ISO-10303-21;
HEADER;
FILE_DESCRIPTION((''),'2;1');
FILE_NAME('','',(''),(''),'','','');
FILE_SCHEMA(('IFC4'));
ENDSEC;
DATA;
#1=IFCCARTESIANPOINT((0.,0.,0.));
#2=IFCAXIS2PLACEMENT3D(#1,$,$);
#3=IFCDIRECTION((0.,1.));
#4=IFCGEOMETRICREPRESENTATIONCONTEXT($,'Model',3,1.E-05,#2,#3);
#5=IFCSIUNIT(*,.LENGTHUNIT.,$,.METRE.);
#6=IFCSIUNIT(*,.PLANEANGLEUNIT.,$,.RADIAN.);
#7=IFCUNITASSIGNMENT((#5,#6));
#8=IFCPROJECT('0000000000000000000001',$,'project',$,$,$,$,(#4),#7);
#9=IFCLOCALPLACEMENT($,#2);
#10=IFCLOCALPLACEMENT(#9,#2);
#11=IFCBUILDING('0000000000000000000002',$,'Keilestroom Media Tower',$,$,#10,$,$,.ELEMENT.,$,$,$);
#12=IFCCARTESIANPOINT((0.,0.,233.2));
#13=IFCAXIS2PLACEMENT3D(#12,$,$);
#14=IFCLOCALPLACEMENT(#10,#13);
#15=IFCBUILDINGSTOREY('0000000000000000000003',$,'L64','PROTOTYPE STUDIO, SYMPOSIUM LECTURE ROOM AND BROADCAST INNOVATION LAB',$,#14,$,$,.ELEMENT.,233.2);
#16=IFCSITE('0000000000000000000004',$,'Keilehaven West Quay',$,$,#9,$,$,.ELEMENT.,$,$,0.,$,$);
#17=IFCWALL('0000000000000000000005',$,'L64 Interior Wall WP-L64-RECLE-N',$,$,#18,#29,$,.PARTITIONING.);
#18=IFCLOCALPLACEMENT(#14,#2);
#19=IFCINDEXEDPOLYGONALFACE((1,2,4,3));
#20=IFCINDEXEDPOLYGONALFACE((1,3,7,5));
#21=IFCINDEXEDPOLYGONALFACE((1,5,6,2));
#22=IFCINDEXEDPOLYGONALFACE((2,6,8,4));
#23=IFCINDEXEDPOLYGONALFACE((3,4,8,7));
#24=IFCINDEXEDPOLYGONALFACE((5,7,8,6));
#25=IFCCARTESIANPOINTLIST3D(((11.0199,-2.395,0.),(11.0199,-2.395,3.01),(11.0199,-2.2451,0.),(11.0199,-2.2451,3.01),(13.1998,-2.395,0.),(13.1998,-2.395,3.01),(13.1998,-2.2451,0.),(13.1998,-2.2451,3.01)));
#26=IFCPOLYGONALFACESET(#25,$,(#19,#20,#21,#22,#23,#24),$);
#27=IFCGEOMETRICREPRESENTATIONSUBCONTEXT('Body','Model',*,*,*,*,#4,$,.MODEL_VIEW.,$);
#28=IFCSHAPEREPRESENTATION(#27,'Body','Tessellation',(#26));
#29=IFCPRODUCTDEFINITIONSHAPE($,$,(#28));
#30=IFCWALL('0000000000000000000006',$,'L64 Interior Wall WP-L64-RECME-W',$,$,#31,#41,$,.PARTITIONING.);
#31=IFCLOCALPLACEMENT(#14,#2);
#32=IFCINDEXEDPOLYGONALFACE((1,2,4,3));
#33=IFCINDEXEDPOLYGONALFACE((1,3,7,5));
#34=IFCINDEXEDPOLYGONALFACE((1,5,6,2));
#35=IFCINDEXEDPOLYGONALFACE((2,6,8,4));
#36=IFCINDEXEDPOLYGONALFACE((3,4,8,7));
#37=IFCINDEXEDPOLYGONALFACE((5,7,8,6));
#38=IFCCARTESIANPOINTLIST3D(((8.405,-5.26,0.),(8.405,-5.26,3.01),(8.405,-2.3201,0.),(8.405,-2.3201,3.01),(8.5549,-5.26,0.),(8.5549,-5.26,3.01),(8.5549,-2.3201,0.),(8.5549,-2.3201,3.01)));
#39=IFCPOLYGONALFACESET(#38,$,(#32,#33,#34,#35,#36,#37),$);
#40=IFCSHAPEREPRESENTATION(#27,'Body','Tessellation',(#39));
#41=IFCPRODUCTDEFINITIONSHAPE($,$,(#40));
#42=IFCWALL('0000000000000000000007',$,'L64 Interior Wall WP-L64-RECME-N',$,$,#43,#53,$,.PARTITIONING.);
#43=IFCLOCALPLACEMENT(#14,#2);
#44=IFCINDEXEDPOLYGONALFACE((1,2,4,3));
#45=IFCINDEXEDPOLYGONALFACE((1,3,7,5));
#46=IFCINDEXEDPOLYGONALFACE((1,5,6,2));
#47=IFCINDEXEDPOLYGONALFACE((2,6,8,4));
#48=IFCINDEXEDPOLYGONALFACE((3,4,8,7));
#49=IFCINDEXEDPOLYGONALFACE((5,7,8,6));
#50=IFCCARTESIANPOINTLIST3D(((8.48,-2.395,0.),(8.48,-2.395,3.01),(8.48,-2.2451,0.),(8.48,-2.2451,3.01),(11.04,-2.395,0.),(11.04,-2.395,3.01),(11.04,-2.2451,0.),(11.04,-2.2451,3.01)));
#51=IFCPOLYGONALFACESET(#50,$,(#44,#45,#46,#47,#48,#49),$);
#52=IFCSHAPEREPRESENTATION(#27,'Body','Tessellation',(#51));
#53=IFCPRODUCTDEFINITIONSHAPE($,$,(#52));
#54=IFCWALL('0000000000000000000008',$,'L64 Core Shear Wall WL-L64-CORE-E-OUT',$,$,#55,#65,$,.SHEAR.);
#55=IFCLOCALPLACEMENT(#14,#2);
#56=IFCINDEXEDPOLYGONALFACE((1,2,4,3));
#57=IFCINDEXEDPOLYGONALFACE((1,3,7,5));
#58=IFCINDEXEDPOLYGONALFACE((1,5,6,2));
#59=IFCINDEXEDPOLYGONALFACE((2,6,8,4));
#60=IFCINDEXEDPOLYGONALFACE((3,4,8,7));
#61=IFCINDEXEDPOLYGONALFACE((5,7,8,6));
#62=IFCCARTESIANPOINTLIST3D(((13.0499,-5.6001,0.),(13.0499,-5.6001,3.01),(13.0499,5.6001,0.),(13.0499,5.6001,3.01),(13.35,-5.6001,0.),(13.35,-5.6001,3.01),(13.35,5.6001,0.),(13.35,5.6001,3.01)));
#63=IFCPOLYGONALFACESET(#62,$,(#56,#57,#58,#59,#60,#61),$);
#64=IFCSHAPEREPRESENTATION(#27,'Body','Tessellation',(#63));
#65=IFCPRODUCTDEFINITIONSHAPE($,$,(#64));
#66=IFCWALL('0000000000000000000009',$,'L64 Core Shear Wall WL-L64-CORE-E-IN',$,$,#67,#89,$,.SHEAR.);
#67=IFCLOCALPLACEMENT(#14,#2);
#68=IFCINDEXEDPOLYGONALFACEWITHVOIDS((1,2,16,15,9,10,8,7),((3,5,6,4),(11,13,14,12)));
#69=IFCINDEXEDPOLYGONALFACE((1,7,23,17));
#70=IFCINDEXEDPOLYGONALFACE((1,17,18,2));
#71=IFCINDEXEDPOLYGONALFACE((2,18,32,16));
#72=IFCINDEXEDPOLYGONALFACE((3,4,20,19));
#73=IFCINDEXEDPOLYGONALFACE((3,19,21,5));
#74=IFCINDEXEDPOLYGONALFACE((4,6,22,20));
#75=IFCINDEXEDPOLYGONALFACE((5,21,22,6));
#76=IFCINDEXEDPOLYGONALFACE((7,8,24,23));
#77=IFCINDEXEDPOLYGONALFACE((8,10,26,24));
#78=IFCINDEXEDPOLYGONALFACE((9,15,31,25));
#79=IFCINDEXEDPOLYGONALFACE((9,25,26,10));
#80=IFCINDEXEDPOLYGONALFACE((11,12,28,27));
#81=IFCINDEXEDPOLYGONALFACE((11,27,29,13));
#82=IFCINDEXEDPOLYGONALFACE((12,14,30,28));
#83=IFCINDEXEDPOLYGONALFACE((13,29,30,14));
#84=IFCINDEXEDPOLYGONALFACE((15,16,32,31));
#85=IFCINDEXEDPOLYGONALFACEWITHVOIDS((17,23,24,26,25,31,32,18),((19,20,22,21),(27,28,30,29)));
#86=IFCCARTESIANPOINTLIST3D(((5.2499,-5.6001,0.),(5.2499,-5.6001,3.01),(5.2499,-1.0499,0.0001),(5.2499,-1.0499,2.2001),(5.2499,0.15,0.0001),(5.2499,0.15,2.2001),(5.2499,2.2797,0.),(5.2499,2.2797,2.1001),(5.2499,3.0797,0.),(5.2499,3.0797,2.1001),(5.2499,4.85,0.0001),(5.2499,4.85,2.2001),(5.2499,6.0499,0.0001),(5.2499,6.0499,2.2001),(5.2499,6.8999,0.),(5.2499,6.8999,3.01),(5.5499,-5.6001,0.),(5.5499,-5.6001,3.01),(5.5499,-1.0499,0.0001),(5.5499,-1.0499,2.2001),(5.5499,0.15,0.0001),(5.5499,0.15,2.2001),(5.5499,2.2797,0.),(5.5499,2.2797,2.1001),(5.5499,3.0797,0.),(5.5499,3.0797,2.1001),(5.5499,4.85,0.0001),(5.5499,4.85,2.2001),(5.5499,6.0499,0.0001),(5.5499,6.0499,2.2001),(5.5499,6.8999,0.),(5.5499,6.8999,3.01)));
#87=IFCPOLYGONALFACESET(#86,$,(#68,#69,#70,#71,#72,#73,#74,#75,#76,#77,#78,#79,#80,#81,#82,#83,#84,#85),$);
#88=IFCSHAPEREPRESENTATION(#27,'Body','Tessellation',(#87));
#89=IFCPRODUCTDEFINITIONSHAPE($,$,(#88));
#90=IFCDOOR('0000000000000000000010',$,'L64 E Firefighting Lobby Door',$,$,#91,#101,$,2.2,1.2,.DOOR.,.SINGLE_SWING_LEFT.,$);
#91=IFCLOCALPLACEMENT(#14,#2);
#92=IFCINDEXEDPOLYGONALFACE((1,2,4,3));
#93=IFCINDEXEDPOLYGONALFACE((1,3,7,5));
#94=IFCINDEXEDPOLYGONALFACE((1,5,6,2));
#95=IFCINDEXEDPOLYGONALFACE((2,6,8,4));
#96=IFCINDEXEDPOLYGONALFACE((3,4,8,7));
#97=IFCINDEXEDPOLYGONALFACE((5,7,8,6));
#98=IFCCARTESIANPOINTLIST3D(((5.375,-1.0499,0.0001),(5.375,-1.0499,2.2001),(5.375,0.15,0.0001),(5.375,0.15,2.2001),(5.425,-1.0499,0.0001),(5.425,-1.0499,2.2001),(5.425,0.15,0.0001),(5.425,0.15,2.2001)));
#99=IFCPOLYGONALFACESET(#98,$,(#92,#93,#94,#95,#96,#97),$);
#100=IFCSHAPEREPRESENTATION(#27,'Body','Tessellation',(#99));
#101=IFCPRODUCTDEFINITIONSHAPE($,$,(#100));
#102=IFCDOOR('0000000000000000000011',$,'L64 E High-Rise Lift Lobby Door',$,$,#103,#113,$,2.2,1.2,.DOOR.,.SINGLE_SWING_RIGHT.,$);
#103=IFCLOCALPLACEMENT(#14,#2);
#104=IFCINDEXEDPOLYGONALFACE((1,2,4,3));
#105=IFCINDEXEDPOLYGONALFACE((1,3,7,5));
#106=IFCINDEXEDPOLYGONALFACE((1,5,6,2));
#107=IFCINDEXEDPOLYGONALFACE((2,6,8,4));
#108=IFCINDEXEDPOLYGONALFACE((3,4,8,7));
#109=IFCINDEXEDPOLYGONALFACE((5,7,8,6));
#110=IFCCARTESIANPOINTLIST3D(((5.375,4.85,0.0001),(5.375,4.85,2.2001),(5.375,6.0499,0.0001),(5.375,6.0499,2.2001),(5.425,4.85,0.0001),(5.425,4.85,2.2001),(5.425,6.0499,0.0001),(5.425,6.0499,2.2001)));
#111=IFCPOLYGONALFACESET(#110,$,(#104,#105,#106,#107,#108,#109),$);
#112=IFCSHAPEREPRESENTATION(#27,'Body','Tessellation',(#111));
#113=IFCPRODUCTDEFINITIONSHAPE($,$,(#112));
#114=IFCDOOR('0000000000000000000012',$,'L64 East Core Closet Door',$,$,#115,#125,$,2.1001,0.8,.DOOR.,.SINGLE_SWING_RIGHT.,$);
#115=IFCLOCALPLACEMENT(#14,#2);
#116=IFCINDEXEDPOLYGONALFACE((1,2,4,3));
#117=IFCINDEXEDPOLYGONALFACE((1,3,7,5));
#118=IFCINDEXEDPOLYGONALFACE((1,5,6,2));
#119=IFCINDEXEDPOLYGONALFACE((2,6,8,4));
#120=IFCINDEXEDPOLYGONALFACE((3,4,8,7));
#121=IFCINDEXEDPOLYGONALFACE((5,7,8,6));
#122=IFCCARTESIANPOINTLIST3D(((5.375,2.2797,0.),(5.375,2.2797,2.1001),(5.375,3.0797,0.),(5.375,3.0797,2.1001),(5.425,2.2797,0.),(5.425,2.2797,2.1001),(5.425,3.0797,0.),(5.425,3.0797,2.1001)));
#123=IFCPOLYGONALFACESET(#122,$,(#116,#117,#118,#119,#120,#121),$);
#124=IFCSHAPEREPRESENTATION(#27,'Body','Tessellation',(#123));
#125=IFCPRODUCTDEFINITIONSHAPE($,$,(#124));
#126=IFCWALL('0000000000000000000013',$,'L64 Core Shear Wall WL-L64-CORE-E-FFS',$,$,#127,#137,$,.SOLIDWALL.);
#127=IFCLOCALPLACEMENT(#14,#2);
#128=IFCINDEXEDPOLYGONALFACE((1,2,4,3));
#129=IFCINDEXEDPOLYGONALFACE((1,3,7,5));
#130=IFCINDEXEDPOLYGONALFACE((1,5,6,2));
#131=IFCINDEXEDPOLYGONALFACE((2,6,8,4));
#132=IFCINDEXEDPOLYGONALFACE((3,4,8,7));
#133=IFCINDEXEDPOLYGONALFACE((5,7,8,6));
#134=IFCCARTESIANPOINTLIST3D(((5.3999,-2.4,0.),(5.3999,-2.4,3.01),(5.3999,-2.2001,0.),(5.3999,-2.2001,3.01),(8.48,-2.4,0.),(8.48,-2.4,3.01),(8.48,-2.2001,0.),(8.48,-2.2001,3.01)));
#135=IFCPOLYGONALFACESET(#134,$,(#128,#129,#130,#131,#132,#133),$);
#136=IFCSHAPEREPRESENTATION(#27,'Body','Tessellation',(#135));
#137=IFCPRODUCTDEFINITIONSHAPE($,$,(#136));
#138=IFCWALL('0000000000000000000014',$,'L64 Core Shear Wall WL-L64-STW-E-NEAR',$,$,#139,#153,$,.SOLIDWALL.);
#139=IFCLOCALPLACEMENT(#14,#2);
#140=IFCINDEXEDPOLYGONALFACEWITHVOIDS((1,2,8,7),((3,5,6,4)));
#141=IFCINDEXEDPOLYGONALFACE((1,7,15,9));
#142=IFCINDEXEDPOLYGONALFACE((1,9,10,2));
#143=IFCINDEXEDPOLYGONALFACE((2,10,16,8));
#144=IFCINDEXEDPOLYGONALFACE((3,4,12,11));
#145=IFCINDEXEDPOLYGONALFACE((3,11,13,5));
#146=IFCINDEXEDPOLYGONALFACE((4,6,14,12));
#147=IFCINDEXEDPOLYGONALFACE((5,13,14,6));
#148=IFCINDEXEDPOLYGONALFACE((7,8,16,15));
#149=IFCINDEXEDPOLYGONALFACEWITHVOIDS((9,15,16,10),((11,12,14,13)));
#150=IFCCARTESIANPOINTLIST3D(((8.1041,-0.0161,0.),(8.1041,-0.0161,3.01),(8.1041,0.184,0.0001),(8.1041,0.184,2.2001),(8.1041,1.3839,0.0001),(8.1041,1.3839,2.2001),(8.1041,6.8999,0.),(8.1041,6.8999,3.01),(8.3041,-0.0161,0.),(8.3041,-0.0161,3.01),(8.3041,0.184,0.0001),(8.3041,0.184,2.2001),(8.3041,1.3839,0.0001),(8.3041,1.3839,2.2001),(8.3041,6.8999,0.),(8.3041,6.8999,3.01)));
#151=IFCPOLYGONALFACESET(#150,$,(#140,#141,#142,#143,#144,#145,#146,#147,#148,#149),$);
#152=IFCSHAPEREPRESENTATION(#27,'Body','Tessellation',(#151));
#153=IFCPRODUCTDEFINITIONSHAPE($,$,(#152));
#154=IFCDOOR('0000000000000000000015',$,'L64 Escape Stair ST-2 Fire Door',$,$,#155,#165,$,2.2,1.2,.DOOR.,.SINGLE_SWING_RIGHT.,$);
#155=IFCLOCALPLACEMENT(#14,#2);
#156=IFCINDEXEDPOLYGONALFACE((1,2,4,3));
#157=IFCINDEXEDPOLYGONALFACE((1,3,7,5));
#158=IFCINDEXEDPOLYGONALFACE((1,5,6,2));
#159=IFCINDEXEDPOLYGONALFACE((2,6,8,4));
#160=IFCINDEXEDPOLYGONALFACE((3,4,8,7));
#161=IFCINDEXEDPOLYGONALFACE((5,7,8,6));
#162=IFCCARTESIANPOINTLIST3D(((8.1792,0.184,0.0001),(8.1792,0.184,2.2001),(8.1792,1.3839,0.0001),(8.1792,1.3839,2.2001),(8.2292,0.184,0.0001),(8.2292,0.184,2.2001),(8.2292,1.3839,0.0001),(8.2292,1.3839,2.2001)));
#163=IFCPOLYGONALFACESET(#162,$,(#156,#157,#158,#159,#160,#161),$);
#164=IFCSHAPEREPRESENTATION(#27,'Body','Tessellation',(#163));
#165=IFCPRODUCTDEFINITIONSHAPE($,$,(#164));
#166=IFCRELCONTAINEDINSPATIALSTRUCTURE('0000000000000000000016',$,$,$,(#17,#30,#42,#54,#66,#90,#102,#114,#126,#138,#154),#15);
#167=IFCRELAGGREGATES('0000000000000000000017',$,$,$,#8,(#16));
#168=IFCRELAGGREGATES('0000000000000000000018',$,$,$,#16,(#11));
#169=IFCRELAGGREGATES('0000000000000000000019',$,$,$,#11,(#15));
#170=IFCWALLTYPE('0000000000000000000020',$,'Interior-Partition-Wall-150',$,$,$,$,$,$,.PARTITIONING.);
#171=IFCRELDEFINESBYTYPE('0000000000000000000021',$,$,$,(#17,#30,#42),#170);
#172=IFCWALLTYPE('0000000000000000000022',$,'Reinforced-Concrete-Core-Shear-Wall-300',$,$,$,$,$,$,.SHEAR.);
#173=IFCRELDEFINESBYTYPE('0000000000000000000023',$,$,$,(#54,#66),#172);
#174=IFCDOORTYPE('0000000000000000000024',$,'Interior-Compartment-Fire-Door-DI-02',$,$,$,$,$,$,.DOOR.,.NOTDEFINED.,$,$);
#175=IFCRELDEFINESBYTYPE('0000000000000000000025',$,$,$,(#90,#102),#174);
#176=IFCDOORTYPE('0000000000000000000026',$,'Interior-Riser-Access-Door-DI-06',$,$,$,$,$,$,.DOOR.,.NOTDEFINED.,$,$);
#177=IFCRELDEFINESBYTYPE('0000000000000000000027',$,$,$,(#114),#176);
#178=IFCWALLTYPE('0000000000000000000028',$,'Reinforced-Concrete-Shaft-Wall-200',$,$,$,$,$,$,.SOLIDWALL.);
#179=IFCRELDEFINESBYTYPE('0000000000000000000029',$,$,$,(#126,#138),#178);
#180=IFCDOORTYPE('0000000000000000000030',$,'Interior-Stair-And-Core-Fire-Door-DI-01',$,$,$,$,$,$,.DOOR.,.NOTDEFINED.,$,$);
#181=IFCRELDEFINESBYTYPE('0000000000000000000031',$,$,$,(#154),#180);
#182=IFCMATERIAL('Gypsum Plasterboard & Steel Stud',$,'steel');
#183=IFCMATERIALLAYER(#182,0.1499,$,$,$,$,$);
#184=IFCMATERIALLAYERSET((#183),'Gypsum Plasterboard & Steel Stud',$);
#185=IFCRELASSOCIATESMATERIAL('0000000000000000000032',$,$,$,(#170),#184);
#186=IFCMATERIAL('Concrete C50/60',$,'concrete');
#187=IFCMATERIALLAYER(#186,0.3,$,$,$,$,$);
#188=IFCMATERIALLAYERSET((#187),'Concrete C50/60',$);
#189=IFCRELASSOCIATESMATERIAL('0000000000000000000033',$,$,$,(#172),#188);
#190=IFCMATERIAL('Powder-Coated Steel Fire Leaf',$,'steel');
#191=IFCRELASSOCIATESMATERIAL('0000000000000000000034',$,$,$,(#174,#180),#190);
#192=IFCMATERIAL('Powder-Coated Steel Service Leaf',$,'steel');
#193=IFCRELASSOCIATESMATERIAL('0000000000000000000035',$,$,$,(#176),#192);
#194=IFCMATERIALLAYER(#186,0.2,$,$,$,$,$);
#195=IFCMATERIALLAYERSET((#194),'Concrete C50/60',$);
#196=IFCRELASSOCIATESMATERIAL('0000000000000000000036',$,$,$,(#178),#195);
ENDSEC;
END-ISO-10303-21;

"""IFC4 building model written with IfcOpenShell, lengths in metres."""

from ifc_helpers import new_model, si_unit, direction, frame, frame_2d, origin, place, context, subcontext, project, spatial, rectangle, extrude, source, transform, mapped, material, layer, layer_set, type_object, element, fill, save


model = new_model("IFC4")

# Units and contexts
model_context = context("Model", 3, precision=1e-05, world=origin(), true_north=direction((0.0, 1.0)))
body_context = subcontext(model_context, "Body", "Model", "MODEL_VIEW")
ifc_project = project(units=[si_unit("LENGTHUNIT", "METRE"), si_unit("PLANEANGLEUNIT", "RADIAN")], contexts=[model_context])

# Site, building, storey
site_placement = place(None, origin())
site = spatial("IfcSite", under=ifc_project, at=site_placement, Name="Keilehaven West Quay", CompositionType="ELEMENT", RefElevation=0.0)
building_placement = place(site_placement, origin())
building = spatial("IfcBuilding", under=site, at=building_placement, Name="Keilestroom Media Tower", CompositionType="ELEMENT")
storey_placement = place(building_placement, frame((0.0, 0.0, 233.2)))
storey = spatial("IfcBuildingStorey", under=building, at=storey_placement, Name="L64", Description="PROTOTYPE STUDIO, SYMPOSIUM LECTURE ROOM AND BROADCAST INNOVATION LAB", CompositionType="ELEMENT", Elevation=233.2)

# Shared definitions
ifc_material_1 = material(Name="Concrete C50/60", Category="concrete")

# Walls
ifc_material_2 = material(Name="Gypsum Plasterboard & Steel Stud", Category="steel")
ifc_layer_1 = layer(ifc_material_2, 0.1499)
ifc_layer_set_1 = layer_set([ifc_layer_1], Name="Gypsum Plasterboard & Steel Stud")
wall_type_1 = type_object("IfcWallType", Name="Interior-Partition-Wall-150", PredefinedType="PARTITIONING", material=ifc_layer_set_1)
wall_1_placement = place(storey_placement, frame((11.02, -2.3201, 0.0), z_axis=(0.0, 0.0, 1.0), x_axis=(1.0, 0.0, 0.0)))
element("IfcWall", 1, at=wall_1_placement, inside=storey, type_object=wall_type_1, Name="L64 Interior Wall WP-L64-RECLE-N", PredefinedType="PARTITIONING", context=body_context, shape_type="SweptSolid", body=[
    extrude(rectangle(XDim=2.1799, YDim=0.1499, at=frame_2d((1.0898, 0.0))), origin(), (0.0, 0.0, 1.0), 3.01),
])
wall_2_placement = place(storey_placement, frame((8.48, -5.26, 0.0), z_axis=(0.0, 0.0, 1.0), x_axis=(0.0, 1.0, 0.0)))
element("IfcWall", 2, at=wall_2_placement, inside=storey, type_object=wall_type_1, Name="L64 Interior Wall WP-L64-RECME-W", PredefinedType="PARTITIONING", context=body_context, shape_type="SweptSolid", body=[
    extrude(rectangle(XDim=2.9399, YDim=0.1499, at=frame_2d((1.47, 0.0))), origin(), (0.0, 0.0, 1.0), 3.01),
])
wall_3_placement = place(storey_placement, frame((8.48, -2.3201, 0.0), z_axis=(0.0, 0.0, 1.0), x_axis=(1.0, 0.0, 0.0)))
element("IfcWall", 3, at=wall_3_placement, inside=storey, type_object=wall_type_1, Name="L64 Interior Wall WP-L64-RECME-N", PredefinedType="PARTITIONING", context=body_context, shape_type="SweptSolid", body=[
    extrude(rectangle(XDim=2.5601, YDim=0.1499, at=frame_2d((1.28, 0.0))), origin(), (0.0, 0.0, 1.0), 3.01),
])
ifc_layer_2 = layer(ifc_material_1, 0.3)
ifc_layer_set_2 = layer_set([ifc_layer_2], Name="Concrete C50/60")
wall_type_2 = type_object("IfcWallType", Name="Reinforced-Concrete-Core-Shear-Wall-300", PredefinedType="SHEAR", material=ifc_layer_set_2)
wall_4_placement = place(storey_placement, frame((13.2, -5.6001, 0.0), z_axis=(0.0, 0.0, 1.0), x_axis=(0.0, 1.0, 0.0)))
element("IfcWall", 4, at=wall_4_placement, inside=storey, type_object=wall_type_2, Name="L64 Core Shear Wall WL-L64-CORE-E-OUT", PredefinedType="SHEAR", context=body_context, shape_type="SweptSolid", body=[
    extrude(rectangle(XDim=11.2002, YDim=0.3, at=frame_2d((5.6001, 0.0))), origin(), (0.0, 0.0, 1.0), 3.01),
])

# Wall, openings, doors
wall_5_placement = place(storey_placement, frame((5.3999, -5.6001, 0.0), z_axis=(0.0, 0.0, 1.0), x_axis=(0.0, 1.0, 0.0)))
wall_5 = element("IfcWall", 5, at=wall_5_placement, inside=storey, type_object=wall_type_2, Name="L64 Core Shear Wall WL-L64-CORE-E-IN", PredefinedType="SHEAR", context=body_context, shape_type="SweptSolid", body=[
    extrude(rectangle(XDim=12.5, YDim=0.3, at=frame_2d((6.25, 0.0))), origin(), (0.0, 0.0, 1.0), 3.01),
])
opening_1_placement = place(wall_5_placement, frame((4.55, 0.0, 0.0)))
opening_1 = element("IfcOpeningElement", 6, at=opening_1_placement, cuts=wall_5, PredefinedType="OPENING", context=body_context, shape_type="SweptSolid", body=[
    extrude(rectangle(XDim=1.2, YDim=2.2, at=frame_2d((0.6001, 1.1001))), frame((0.0, 0.1602, 0.0), z_axis=(0.0, -1.0, 0.0), x_axis=(1.0, 0.0, 0.0)), (0.0, 0.0, 1.0), 0.3201),
])
opening_2_placement = place(wall_5_placement, frame((10.45, 0.0, 0.0)))
opening_2 = element("IfcOpeningElement", 7, at=opening_2_placement, cuts=wall_5, PredefinedType="OPENING", context=body_context, shape_type="SweptSolid", body=[
    extrude(rectangle(XDim=1.2, YDim=2.2, at=frame_2d((0.6001, 1.1001))), frame((0.0, 0.1602, 0.0), z_axis=(0.0, -1.0, 0.0), x_axis=(1.0, 0.0, 0.0)), (0.0, 0.0, 1.0), 0.3201),
])
opening_3_placement = place(wall_5_placement, frame((7.8799, 0.0, 0.0)))
opening_3 = element("IfcOpeningElement", 8, at=opening_3_placement, cuts=wall_5, PredefinedType="OPENING", context=body_context, shape_type="SweptSolid", body=[
    extrude(rectangle(XDim=0.8, YDim=2.1001, at=frame_2d((0.3999, 1.05))), frame((0.0, 0.1602, 0.0), z_axis=(0.0, -1.0, 0.0), x_axis=(1.0, 0.0, 0.0)), (0.0, 0.0, 1.0), 0.3201),
])
ifc_material_3 = material(Name="Powder-Coated Steel Fire Leaf", Category="steel")
door_type_1 = type_object("IfcDoorType", Name="Interior-Compartment-Fire-Door-DI-02", OperationType="NOTDEFINED", PredefinedType="DOOR", material=ifc_material_3)
shared_shape_1 = source(origin(), body_context, "Body", "SweptSolid", [
    extrude(rectangle(XDim=1.2, YDim=2.2, at=frame_2d((0.6001, 1.1001))), frame((0.0, 0.0249, 0.0), z_axis=(0.0, -1.0, 0.0), x_axis=(1.0, 0.0, 0.0)), (0.0, 0.0, 1.0), 0.05),
])
door_1_placement = place(opening_1_placement, origin())
door_1 = element("IfcDoor", 9, at=door_1_placement, inside=storey, type_object=door_type_1, Name="L64 E Firefighting Lobby Door", OperationType="SINGLE_SWING_LEFT", OverallHeight=2.2, OverallWidth=1.2, PredefinedType="DOOR", context=body_context, shape_type="MappedRepresentation", body=[
    mapped(shared_shape_1, transform((0.0, 0.0, 0.0), x_axis=(1.0, 0.0, 0.0), y_axis=(0.0, 1.0, 0.0), z_axis=(0.0, 0.0, 1.0), scale=1.0)),
])
fill(opening_1, door_1)
door_2_placement = place(opening_2_placement, origin())
door_2 = element("IfcDoor", 10, at=door_2_placement, inside=storey, type_object=door_type_1, Name="L64 E High-Rise Lift Lobby Door", OperationType="SINGLE_SWING_RIGHT", OverallHeight=2.2, OverallWidth=1.2, PredefinedType="DOOR", context=body_context, shape_type="MappedRepresentation", body=[
    mapped(shared_shape_1, transform((0.0, 0.0, 0.0), x_axis=(1.0, 0.0, 0.0), y_axis=(0.0, 1.0, 0.0), z_axis=(0.0, 0.0, 1.0), scale=1.0)),
])
fill(opening_2, door_2)
ifc_material_4 = material(Name="Powder-Coated Steel Service Leaf", Category="steel")
door_type_2 = type_object("IfcDoorType", Name="Interior-Riser-Access-Door-DI-06", OperationType="NOTDEFINED", PredefinedType="DOOR", material=ifc_material_4)
shared_shape_2 = source(origin(), body_context, "Body", "SweptSolid", [
    extrude(rectangle(XDim=0.8, YDim=2.1001, at=frame_2d((0.3999, 1.05))), frame((0.0, 0.0249, 0.0), z_axis=(0.0, -1.0, 0.0), x_axis=(1.0, 0.0, 0.0)), (0.0, 0.0, 1.0), 0.05),
])
door_3_placement = place(opening_3_placement, origin())
door_3 = element("IfcDoor", 11, at=door_3_placement, inside=storey, type_object=door_type_2, Name="L64 East Core Closet Door", OperationType="SINGLE_SWING_RIGHT", OverallHeight=2.1001, OverallWidth=0.8, PredefinedType="DOOR", context=body_context, shape_type="MappedRepresentation", body=[
    mapped(shared_shape_2, transform((0.0, 0.0, 0.0), x_axis=(1.0, 0.0, 0.0), y_axis=(0.0, 1.0, 0.0), z_axis=(0.0, 0.0, 1.0), scale=1.0)),
])
fill(opening_3, door_3)

# Wall
ifc_layer_3 = layer(ifc_material_1, 0.2)
ifc_layer_set_3 = layer_set([ifc_layer_3], Name="Concrete C50/60")
wall_type_3 = type_object("IfcWallType", Name="Reinforced-Concrete-Shaft-Wall-200", PredefinedType="SOLIDWALL", material=ifc_layer_set_3)
wall_6_placement = place(storey_placement, frame((5.3999, -2.3, 0.0), z_axis=(0.0, 0.0, 1.0), x_axis=(1.0, 0.0, 0.0)))
element("IfcWall", 12, at=wall_6_placement, inside=storey, type_object=wall_type_3, Name="L64 Core Shear Wall WL-L64-CORE-E-FFS", PredefinedType="SOLIDWALL", context=body_context, shape_type="SweptSolid", body=[
    extrude(rectangle(XDim=3.0801, YDim=0.2, at=frame_2d((1.54, 0.0))), origin(), (0.0, 0.0, 1.0), 3.01),
])

# Wall, opening, door
wall_7_placement = place(storey_placement, frame((8.2041, -0.0161, 0.0), z_axis=(0.0, 0.0, 1.0), x_axis=(0.0, 1.0, 0.0)))
wall_7 = element("IfcWall", 13, at=wall_7_placement, inside=storey, type_object=wall_type_3, Name="L64 Core Shear Wall WL-L64-STW-E-NEAR", PredefinedType="SOLIDWALL", context=body_context, shape_type="SweptSolid", body=[
    extrude(rectangle(XDim=6.916, YDim=0.2, at=frame_2d((3.458, 0.0))), origin(), (0.0, 0.0, 1.0), 3.01),
])
opening_4_placement = place(wall_7_placement, frame((0.2, 0.0, 0.0)))
opening_4 = element("IfcOpeningElement", 14, at=opening_4_placement, cuts=wall_7, PredefinedType="OPENING", context=body_context, shape_type="SweptSolid", body=[
    extrude(rectangle(XDim=1.2, YDim=2.2, at=frame_2d((0.6001, 1.1001))), frame((0.0, 0.1099, 0.0), z_axis=(0.0, -1.0, 0.0), x_axis=(1.0, 0.0, 0.0)), (0.0, 0.0, 1.0), 0.22),
])
door_type_3 = type_object("IfcDoorType", Name="Interior-Stair-And-Core-Fire-Door-DI-01", OperationType="NOTDEFINED", PredefinedType="DOOR", material=ifc_material_3)
door_4_placement = place(opening_4_placement, origin())
door_4 = element("IfcDoor", 15, at=door_4_placement, inside=storey, type_object=door_type_3, Name="L64 Escape Stair ST-2 Fire Door", OperationType="SINGLE_SWING_RIGHT", OverallHeight=2.2, OverallWidth=1.2, PredefinedType="DOOR", context=body_context, shape_type="MappedRepresentation", body=[
    mapped(shared_shape_1, transform((0.0, 0.0, 0.0), x_axis=(1.0, 0.0, 0.0), y_axis=(0.0, 1.0, 0.0), z_axis=(0.0, 0.0, 1.0), scale=1.0)),
])
fill(opening_4, door_4)

save(model, "model.ifc")
